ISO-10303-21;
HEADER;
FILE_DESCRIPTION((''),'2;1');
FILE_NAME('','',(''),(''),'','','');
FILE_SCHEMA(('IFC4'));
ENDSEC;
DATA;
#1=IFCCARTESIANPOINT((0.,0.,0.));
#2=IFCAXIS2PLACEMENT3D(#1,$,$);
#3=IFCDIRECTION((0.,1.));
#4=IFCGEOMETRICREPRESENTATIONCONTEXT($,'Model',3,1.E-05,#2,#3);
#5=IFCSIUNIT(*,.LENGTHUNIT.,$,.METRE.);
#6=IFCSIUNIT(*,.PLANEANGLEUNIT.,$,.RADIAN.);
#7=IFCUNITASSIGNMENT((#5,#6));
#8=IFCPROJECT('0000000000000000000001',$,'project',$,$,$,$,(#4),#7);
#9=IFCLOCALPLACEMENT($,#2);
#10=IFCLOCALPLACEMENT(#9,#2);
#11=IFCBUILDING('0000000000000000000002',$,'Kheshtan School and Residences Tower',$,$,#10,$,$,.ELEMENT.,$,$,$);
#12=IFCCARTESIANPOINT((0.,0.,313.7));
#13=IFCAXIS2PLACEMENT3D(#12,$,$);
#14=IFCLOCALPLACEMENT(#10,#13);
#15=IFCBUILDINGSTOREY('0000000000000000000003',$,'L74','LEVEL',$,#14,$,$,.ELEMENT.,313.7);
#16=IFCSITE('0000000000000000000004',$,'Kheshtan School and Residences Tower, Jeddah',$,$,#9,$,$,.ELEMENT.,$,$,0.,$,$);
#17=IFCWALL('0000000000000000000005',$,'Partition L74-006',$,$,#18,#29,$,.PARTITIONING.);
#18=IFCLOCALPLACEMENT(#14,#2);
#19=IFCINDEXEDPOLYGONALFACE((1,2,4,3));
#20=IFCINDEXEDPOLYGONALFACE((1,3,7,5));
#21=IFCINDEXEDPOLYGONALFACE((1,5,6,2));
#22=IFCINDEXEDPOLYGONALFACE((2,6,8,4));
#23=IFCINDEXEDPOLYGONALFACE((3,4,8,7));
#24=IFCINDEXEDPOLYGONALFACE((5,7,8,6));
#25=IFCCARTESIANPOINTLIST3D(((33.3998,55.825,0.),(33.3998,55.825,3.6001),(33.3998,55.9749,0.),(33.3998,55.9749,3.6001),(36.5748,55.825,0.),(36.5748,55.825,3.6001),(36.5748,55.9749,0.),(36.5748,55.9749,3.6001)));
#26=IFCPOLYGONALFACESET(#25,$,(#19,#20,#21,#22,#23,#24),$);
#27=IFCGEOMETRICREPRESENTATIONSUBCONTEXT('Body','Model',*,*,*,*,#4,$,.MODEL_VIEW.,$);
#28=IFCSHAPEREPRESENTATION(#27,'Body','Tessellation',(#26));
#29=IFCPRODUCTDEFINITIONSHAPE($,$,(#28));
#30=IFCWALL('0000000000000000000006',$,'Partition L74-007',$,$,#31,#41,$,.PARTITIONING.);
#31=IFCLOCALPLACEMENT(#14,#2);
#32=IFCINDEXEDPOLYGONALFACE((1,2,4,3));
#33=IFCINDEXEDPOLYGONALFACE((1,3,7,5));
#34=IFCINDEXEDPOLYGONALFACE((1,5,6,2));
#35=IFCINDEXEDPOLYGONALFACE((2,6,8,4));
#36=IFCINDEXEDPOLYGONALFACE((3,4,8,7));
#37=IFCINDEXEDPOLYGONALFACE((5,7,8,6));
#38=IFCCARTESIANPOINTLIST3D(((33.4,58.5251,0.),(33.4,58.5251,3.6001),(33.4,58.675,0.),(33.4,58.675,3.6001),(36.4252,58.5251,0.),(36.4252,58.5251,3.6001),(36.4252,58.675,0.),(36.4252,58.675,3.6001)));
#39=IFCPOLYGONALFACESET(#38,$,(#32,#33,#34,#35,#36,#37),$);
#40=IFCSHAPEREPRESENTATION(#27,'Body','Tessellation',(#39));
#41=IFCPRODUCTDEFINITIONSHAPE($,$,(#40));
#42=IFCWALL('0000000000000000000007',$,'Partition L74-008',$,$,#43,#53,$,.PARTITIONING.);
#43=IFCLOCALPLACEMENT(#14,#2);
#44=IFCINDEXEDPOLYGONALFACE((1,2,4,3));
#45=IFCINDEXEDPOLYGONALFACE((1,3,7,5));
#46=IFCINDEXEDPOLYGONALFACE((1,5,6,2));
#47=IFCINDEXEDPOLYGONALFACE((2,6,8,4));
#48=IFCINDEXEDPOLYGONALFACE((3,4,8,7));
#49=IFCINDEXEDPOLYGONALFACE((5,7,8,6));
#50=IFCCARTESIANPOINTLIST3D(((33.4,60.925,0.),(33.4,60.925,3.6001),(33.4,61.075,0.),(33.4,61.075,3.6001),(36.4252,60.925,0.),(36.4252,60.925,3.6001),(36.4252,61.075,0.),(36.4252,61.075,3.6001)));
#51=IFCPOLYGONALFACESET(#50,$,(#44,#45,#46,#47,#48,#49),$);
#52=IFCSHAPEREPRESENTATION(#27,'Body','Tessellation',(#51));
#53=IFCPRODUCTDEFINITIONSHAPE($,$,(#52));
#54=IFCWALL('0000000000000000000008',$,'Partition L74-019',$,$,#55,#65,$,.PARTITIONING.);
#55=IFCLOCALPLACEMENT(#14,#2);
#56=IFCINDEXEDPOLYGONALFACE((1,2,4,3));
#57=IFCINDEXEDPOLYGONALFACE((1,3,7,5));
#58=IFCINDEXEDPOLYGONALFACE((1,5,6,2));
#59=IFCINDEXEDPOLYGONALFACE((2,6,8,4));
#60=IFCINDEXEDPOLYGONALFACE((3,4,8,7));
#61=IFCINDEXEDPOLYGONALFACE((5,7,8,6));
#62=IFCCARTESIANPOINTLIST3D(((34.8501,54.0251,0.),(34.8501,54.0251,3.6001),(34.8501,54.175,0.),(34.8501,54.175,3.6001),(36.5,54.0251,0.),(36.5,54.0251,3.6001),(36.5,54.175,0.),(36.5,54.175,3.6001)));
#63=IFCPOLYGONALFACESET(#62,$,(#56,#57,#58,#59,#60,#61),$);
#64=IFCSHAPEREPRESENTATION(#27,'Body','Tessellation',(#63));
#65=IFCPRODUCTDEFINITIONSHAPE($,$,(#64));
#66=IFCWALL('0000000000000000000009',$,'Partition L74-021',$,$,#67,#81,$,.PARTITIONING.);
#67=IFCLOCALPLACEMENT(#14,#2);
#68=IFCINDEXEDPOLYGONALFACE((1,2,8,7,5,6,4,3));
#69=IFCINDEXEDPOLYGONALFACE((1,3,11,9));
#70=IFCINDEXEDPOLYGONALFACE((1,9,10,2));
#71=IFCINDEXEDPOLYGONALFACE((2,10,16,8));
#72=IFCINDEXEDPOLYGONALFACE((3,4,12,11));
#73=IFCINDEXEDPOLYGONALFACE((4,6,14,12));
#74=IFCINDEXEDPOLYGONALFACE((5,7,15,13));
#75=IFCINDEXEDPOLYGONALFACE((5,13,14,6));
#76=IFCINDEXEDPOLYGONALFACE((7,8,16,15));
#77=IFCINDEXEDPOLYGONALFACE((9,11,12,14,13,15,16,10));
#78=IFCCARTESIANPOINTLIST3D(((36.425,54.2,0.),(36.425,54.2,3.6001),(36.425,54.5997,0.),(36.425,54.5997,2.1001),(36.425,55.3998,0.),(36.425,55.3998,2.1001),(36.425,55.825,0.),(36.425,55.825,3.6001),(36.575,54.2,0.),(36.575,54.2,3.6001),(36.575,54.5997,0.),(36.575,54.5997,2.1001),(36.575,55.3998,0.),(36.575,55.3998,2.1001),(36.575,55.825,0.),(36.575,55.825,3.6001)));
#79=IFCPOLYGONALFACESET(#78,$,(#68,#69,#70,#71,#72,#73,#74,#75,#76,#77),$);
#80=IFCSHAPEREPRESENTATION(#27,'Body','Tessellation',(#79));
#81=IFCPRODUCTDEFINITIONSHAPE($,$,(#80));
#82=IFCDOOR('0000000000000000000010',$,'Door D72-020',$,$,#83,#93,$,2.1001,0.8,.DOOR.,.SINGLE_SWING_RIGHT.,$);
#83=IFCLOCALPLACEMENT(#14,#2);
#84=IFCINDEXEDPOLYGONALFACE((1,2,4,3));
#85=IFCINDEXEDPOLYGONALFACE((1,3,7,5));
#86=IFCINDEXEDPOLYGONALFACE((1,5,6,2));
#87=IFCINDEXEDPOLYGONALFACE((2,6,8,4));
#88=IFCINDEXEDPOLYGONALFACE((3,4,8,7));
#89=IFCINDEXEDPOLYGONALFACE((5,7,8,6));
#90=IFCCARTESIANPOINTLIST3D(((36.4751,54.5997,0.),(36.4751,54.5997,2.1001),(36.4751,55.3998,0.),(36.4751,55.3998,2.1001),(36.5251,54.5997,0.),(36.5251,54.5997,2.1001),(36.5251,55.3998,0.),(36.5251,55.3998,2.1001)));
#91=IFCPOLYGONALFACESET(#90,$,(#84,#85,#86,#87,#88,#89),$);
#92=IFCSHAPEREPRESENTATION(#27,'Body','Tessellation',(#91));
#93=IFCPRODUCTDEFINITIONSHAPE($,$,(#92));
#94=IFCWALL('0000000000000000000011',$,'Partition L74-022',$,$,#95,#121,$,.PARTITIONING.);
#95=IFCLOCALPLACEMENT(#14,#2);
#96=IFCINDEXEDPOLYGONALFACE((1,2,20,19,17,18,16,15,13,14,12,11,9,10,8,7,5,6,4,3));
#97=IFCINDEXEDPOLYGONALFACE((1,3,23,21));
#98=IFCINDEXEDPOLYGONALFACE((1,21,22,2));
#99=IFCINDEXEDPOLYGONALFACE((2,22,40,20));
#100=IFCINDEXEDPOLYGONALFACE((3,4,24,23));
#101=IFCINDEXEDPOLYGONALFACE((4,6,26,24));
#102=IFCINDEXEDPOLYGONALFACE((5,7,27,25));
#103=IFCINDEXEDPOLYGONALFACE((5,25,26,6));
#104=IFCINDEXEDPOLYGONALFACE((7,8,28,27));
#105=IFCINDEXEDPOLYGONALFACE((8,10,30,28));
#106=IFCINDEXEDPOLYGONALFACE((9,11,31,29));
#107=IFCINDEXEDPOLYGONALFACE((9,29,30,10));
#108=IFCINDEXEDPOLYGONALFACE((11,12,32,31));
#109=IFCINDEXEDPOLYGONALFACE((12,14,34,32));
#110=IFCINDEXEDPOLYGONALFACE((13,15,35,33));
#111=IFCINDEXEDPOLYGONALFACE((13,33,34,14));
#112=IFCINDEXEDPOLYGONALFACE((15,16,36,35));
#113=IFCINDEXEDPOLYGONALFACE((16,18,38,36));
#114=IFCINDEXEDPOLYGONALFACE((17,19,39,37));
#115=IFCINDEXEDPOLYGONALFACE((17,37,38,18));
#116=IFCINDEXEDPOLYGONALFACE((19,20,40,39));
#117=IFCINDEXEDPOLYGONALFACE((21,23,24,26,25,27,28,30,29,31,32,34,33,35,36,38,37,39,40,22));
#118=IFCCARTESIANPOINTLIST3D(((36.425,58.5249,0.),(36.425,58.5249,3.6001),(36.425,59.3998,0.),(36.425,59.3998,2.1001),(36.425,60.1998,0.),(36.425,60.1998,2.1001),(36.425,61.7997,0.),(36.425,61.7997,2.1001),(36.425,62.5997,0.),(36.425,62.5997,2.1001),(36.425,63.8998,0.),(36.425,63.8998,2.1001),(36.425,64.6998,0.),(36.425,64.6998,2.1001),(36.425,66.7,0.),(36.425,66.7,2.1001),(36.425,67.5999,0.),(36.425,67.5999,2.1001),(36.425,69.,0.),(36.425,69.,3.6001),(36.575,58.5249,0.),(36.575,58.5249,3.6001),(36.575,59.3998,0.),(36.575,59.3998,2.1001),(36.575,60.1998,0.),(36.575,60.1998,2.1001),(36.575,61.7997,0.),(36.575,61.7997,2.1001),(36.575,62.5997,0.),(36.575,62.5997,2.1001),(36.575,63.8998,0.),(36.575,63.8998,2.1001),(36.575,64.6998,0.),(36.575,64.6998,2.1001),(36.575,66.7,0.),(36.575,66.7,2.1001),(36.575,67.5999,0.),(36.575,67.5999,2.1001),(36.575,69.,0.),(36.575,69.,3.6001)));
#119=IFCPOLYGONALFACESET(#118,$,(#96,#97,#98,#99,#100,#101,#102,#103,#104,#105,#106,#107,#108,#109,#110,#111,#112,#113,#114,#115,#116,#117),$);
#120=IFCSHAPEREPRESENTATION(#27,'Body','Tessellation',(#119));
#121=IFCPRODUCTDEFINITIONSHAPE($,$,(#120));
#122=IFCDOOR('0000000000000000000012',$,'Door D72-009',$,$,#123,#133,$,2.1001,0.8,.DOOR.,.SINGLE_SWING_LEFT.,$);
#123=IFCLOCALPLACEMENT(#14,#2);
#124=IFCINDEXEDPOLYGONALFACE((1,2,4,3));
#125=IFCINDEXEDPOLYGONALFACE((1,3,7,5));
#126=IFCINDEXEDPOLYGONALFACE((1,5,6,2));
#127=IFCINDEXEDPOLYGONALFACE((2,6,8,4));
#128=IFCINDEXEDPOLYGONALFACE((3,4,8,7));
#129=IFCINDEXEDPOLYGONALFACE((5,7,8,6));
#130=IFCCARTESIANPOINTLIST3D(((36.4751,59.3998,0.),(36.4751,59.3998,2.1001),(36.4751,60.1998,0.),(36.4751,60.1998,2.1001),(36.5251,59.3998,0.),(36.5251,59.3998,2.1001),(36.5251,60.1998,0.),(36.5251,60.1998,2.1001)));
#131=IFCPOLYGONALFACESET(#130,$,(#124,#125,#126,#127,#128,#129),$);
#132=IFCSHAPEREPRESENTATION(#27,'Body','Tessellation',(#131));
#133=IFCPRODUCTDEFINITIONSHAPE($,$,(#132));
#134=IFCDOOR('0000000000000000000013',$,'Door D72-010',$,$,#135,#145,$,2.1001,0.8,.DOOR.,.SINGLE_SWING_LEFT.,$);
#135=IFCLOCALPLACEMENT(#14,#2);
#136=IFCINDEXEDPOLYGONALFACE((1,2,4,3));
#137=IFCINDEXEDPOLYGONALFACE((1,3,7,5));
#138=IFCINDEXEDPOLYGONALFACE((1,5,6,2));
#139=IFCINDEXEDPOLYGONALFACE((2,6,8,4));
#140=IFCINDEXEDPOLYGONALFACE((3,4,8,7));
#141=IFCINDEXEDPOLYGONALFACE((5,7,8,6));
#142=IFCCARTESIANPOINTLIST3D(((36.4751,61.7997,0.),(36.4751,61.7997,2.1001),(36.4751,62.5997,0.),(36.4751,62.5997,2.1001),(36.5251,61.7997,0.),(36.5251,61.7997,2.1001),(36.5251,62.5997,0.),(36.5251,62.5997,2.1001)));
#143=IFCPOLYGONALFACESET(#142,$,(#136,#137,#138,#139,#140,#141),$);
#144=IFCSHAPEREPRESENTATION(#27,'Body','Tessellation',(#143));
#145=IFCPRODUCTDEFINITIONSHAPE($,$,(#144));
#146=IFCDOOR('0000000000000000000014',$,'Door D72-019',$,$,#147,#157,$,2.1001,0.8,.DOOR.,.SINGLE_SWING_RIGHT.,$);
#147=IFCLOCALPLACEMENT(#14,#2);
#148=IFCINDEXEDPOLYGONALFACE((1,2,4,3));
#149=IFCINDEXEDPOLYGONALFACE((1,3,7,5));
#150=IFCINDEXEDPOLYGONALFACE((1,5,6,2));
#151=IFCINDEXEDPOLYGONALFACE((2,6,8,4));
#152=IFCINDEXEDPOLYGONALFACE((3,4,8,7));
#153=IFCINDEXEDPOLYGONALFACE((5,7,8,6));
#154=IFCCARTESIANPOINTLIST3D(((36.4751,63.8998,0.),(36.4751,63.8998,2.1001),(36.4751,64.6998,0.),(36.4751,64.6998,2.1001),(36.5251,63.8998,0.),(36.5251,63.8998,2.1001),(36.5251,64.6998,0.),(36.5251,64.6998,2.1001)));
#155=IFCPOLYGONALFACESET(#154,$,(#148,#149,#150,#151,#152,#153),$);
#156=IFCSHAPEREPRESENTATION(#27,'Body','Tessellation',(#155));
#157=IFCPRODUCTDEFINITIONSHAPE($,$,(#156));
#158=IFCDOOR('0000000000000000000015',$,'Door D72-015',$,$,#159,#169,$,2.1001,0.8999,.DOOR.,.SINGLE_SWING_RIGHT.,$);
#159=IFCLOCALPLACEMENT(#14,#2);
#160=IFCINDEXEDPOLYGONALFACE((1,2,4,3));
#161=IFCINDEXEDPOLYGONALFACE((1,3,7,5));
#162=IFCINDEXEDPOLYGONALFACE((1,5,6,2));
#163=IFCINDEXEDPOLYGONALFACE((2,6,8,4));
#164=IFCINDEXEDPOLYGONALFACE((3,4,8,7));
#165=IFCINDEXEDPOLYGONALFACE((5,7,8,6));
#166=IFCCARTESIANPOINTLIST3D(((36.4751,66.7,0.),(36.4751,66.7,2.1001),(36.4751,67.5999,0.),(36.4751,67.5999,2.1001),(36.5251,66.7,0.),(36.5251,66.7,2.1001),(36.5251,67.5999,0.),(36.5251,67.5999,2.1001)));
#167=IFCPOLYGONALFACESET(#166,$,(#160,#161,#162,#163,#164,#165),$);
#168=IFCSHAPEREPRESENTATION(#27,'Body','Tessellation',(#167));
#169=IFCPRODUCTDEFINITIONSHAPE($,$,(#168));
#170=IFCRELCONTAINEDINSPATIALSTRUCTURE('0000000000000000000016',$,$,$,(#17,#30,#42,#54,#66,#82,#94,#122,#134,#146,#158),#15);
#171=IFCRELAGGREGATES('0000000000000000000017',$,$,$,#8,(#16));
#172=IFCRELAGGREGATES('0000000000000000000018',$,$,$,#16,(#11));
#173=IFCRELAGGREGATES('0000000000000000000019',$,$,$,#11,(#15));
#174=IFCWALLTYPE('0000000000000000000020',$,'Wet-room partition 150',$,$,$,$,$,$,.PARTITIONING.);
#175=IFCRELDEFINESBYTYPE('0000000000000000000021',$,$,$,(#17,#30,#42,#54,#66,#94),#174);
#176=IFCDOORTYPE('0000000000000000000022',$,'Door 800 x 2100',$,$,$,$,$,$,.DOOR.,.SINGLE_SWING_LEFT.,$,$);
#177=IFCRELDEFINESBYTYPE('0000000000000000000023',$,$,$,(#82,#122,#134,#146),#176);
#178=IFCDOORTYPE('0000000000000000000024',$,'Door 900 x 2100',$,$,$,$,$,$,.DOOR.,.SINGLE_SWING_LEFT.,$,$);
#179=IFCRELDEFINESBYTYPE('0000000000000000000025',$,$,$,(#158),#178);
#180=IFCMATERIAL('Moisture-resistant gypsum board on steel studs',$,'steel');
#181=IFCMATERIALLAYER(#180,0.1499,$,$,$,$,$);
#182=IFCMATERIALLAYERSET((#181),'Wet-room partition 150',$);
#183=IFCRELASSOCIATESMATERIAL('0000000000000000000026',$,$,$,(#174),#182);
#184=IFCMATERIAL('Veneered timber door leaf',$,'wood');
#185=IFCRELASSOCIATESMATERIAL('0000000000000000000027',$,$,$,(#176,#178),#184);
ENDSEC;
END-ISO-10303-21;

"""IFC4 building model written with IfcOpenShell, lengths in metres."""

from ifc_helpers import new_model, si_unit, direction, frame, frame_2d, origin, place, context, subcontext, project, spatial, rectangle, extrude, source, transform, mapped, material, layer, layer_set, type_object, element, fill, save


model = new_model("IFC4")

# Units and contexts
model_context = context("Model", 3, precision=1e-05, world=origin(), true_north=direction((0.0, 1.0)))
body_context = subcontext(model_context, "Body", "Model", "MODEL_VIEW")
ifc_project = project(units=[si_unit("LENGTHUNIT", "METRE"), si_unit("PLANEANGLEUNIT", "RADIAN")], contexts=[model_context])

# Site, building, storey
site_placement = place(None, origin())
site = spatial("IfcSite", under=ifc_project, at=site_placement, Name="Kheshtan School and Residences Tower, Jeddah", CompositionType="ELEMENT", RefElevation=0.0)
building_placement = place(site_placement, origin())
building = spatial("IfcBuilding", under=site, at=building_placement, Name="Kheshtan School and Residences Tower", CompositionType="ELEMENT")
storey_placement = place(building_placement, frame((0.0, 0.0, 313.7)))
storey = spatial("IfcBuildingStorey", under=building, at=storey_placement, Name="L74", Description="LEVEL", CompositionType="ELEMENT", Elevation=313.7)

# Walls
ifc_material_1 = material(Name="Moisture-resistant gypsum board on steel studs", Category="steel")
ifc_layer_1 = layer(ifc_material_1, 0.1499)
ifc_layer_set_1 = layer_set([ifc_layer_1], Name="Wet-room partition 150")
wall_type_1 = type_object("IfcWallType", Name="Wet-room partition 150", PredefinedType="PARTITIONING", material=ifc_layer_set_1)
wall_1_placement = place(storey_placement, frame((33.3999, 55.8999, 0.0), z_axis=(0.0, 0.0, 1.0), x_axis=(1.0, 0.0, 0.0)))
element("IfcWall", 1, at=wall_1_placement, inside=storey, type_object=wall_type_1, Name="Partition L74-006", PredefinedType="PARTITIONING", context=body_context, shape_type="SweptSolid", body=[
    extrude(rectangle(XDim=3.175, YDim=0.1499, at=frame_2d((1.5874, 0.0))), origin(), (0.0, 0.0, 1.0), 3.6001),
])
for number, where, z_axis, x_axis, name in (
    (2, (33.3999, 58.6001, 0.0), (0.0, 0.0, 1.0), (1.0, 0.0, 0.0), "Partition L74-007"),
    (3, (33.3999, 61.0, 0.0), (0.0, 0.0, 1.0), (1.0, 0.0, 0.0), "Partition L74-008"),
):
    element("IfcWall", number, at=place(storey_placement, frame(where, z_axis=z_axis, x_axis=x_axis)), inside=storey, type_object=wall_type_1, Name=name, PredefinedType="PARTITIONING", context=body_context, shape_type="SweptSolid", body=[
        extrude(rectangle(XDim=3.0251, YDim=0.1499, at=frame_2d((1.5127, 0.0))), origin(), (0.0, 0.0, 1.0), 3.6001),
    ])
wall_2_placement = place(storey_placement, frame((34.8501, 54.1001, 0.0), z_axis=(0.0, 0.0, 1.0), x_axis=(1.0, 0.0, 0.0)))
element("IfcWall", 4, at=wall_2_placement, inside=storey, type_object=wall_type_1, Name="Partition L74-019", PredefinedType="PARTITIONING", context=body_context, shape_type="SweptSolid", body=[
    extrude(rectangle(XDim=1.6499, YDim=0.1499, at=frame_2d((0.825, 0.0))), origin(), (0.0, 0.0, 1.0), 3.6001),
])

# Wall, opening, door
wall_3_placement = place(storey_placement, frame((36.5, 54.2, 0.0), z_axis=(0.0, 0.0, 1.0), x_axis=(0.0, 1.0, 0.0)))
wall_3 = element("IfcWall", 5, at=wall_3_placement, inside=storey, type_object=wall_type_1, Name="Partition L74-021", PredefinedType="PARTITIONING", context=body_context, shape_type="SweptSolid", body=[
    extrude(rectangle(XDim=1.625, YDim=0.1499, at=frame_2d((0.8125, 0.0))), origin(), (0.0, 0.0, 1.0), 3.6001),
])
opening_1_placement = place(wall_3_placement, frame((0.3999, 0.0, 0.0)))
opening_1 = element("IfcOpeningElement", 6, at=opening_1_placement, cuts=wall_3, PredefinedType="OPENING", context=body_context, shape_type="SweptSolid", body=[
    extrude(rectangle(XDim=0.8, YDim=2.1001, at=frame_2d((0.3999, 1.05))), frame((0.0, 0.085, 0.0), z_axis=(0.0, -1.0, 0.0), x_axis=(1.0, 0.0, 0.0)), (0.0, 0.0, 1.0), 0.1699),
])
ifc_material_2 = material(Name="Veneered timber door leaf", Category="wood")
door_type_1 = type_object("IfcDoorType", Name="Door 800 x 2100", OperationType="SINGLE_SWING_LEFT", PredefinedType="DOOR", material=ifc_material_2)
shared_shape_1 = source(origin(), body_context, "Body", "SweptSolid", [
    extrude(rectangle(XDim=0.8, YDim=2.1001, at=frame_2d((0.3999, 1.05))), frame((0.0, 0.0249, 0.0), z_axis=(0.0, -1.0, 0.0), x_axis=(1.0, 0.0, 0.0)), (0.0, 0.0, 1.0), 0.05),
])
door_1_placement = place(opening_1_placement, origin())
door_1 = element("IfcDoor", 7, at=door_1_placement, inside=storey, type_object=door_type_1, Name="Door D72-020", OperationType="SINGLE_SWING_RIGHT", OverallHeight=2.1001, OverallWidth=0.8, PredefinedType="DOOR", context=body_context, shape_type="MappedRepresentation", body=[
    mapped(shared_shape_1, transform((0.0, 0.0, 0.0), x_axis=(1.0, 0.0, 0.0), y_axis=(0.0, 1.0, 0.0), z_axis=(0.0, 0.0, 1.0), scale=1.0)),
])
fill(opening_1, door_1)

# Wall, openings, doors
wall_4_placement = place(storey_placement, frame((36.5, 58.5249, 0.0), z_axis=(0.0, 0.0, 1.0), x_axis=(0.0, 1.0, 0.0)))
wall_4 = element("IfcWall", 8, at=wall_4_placement, inside=storey, type_object=wall_type_1, Name="Partition L74-022", PredefinedType="PARTITIONING", context=body_context, shape_type="SweptSolid", body=[
    extrude(rectangle(XDim=10.4751, YDim=0.1499, at=frame_2d((5.2375, 0.0))), origin(), (0.0, 0.0, 1.0), 3.6001),
])
opening_2_placement = place(wall_4_placement, frame((0.875, 0.0, 0.0)))
opening_2 = element("IfcOpeningElement", 9, at=opening_2_placement, cuts=wall_4, PredefinedType="OPENING", context=body_context, shape_type="SweptSolid", body=[
    extrude(rectangle(XDim=0.8, YDim=2.1001, at=frame_2d((0.3999, 1.05))), frame((0.0, 0.085, 0.0), z_axis=(0.0, -1.0, 0.0), x_axis=(1.0, 0.0, 0.0)), (0.0, 0.0, 1.0), 0.1699),
])
opening_3_placement = place(wall_4_placement, frame((3.2749, 0.0, 0.0)))
opening_3 = element("IfcOpeningElement", 10, at=opening_3_placement, cuts=wall_4, PredefinedType="OPENING", context=body_context, shape_type="SweptSolid", body=[
    extrude(rectangle(XDim=0.8, YDim=2.1001, at=frame_2d((0.3999, 1.05))), frame((0.0, 0.085, 0.0), z_axis=(0.0, -1.0, 0.0), x_axis=(1.0, 0.0, 0.0)), (0.0, 0.0, 1.0), 0.1699),
])
opening_4_placement = place(wall_4_placement, frame((8.175, 0.0, 0.0)))
opening_4 = element("IfcOpeningElement", 11, at=opening_4_placement, cuts=wall_4, PredefinedType="OPENING", context=body_context, shape_type="SweptSolid", body=[
    extrude(rectangle(XDim=0.8999, YDim=2.1001, at=frame_2d((0.45, 1.05))), frame((0.0, 0.085, 0.0), z_axis=(0.0, -1.0, 0.0), x_axis=(1.0, 0.0, 0.0)), (0.0, 0.0, 1.0), 0.1699),
])
opening_5_placement = place(wall_4_placement, frame((5.375, 0.0, 0.0)))
opening_5 = element("IfcOpeningElement", 12, at=opening_5_placement, cuts=wall_4, PredefinedType="OPENING", context=body_context, shape_type="SweptSolid", body=[
    extrude(rectangle(XDim=0.8, YDim=2.1001, at=frame_2d((0.3999, 1.05))), frame((0.0, 0.085, 0.0), z_axis=(0.0, -1.0, 0.0), x_axis=(1.0, 0.0, 0.0)), (0.0, 0.0, 1.0), 0.1699),
])
door_2_placement = place(opening_2_placement, origin())
door_2 = element("IfcDoor", 13, at=door_2_placement, inside=storey, type_object=door_type_1, Name="Door D72-009", OperationType="SINGLE_SWING_LEFT", OverallHeight=2.1001, OverallWidth=0.8, PredefinedType="DOOR", context=body_context, shape_type="MappedRepresentation", body=[
    mapped(shared_shape_1, transform((0.0, 0.0, 0.0), x_axis=(1.0, 0.0, 0.0), y_axis=(0.0, 1.0, 0.0), z_axis=(0.0, 0.0, 1.0), scale=1.0)),
])
fill(opening_2, door_2)
door_3_placement = place(opening_3_placement, origin())
door_3 = element("IfcDoor", 14, at=door_3_placement, inside=storey, type_object=door_type_1, Name="Door D72-010", OperationType="SINGLE_SWING_LEFT", OverallHeight=2.1001, OverallWidth=0.8, PredefinedType="DOOR", context=body_context, shape_type="MappedRepresentation", body=[
    mapped(shared_shape_1, transform((0.0, 0.0, 0.0), x_axis=(1.0, 0.0, 0.0), y_axis=(0.0, 1.0, 0.0), z_axis=(0.0, 0.0, 1.0), scale=1.0)),
])
fill(opening_3, door_3)
door_4_placement = place(opening_5_placement, origin())
door_4 = element("IfcDoor", 15, at=door_4_placement, inside=storey, type_object=door_type_1, Name="Door D72-019", OperationType="SINGLE_SWING_RIGHT", OverallHeight=2.1001, OverallWidth=0.8, PredefinedType="DOOR", context=body_context, shape_type="MappedRepresentation", body=[
    mapped(shared_shape_1, transform((0.0, 0.0, 0.0), x_axis=(1.0, 0.0, 0.0), y_axis=(0.0, 1.0, 0.0), z_axis=(0.0, 0.0, 1.0), scale=1.0)),
])
fill(opening_5, door_4)
door_type_2 = type_object("IfcDoorType", Name="Door 900 x 2100", OperationType="SINGLE_SWING_LEFT", PredefinedType="DOOR", material=ifc_material_2)
shared_shape_2 = source(origin(), body_context, "Body", "SweptSolid", [
    extrude(rectangle(XDim=0.8999, YDim=2.1001, at=frame_2d((0.45, 1.05))), frame((0.0, 0.0249, 0.0), z_axis=(0.0, -1.0, 0.0), x_axis=(1.0, 0.0, 0.0)), (0.0, 0.0, 1.0), 0.05),
])
door_5_placement = place(opening_4_placement, origin())
door_5 = element("IfcDoor", 16, at=door_5_placement, inside=storey, type_object=door_type_2, Name="Door D72-015", OperationType="SINGLE_SWING_RIGHT", OverallHeight=2.1001, OverallWidth=0.8999, PredefinedType="DOOR", context=body_context, shape_type="MappedRepresentation", body=[
    mapped(shared_shape_2, transform((0.0, 0.0, 0.0), x_axis=(1.0, 0.0, 0.0), y_axis=(0.0, 1.0, 0.0), z_axis=(0.0, 0.0, 1.0), scale=1.0)),
])
fill(opening_4, door_5)

save(model, "model.ifc")
